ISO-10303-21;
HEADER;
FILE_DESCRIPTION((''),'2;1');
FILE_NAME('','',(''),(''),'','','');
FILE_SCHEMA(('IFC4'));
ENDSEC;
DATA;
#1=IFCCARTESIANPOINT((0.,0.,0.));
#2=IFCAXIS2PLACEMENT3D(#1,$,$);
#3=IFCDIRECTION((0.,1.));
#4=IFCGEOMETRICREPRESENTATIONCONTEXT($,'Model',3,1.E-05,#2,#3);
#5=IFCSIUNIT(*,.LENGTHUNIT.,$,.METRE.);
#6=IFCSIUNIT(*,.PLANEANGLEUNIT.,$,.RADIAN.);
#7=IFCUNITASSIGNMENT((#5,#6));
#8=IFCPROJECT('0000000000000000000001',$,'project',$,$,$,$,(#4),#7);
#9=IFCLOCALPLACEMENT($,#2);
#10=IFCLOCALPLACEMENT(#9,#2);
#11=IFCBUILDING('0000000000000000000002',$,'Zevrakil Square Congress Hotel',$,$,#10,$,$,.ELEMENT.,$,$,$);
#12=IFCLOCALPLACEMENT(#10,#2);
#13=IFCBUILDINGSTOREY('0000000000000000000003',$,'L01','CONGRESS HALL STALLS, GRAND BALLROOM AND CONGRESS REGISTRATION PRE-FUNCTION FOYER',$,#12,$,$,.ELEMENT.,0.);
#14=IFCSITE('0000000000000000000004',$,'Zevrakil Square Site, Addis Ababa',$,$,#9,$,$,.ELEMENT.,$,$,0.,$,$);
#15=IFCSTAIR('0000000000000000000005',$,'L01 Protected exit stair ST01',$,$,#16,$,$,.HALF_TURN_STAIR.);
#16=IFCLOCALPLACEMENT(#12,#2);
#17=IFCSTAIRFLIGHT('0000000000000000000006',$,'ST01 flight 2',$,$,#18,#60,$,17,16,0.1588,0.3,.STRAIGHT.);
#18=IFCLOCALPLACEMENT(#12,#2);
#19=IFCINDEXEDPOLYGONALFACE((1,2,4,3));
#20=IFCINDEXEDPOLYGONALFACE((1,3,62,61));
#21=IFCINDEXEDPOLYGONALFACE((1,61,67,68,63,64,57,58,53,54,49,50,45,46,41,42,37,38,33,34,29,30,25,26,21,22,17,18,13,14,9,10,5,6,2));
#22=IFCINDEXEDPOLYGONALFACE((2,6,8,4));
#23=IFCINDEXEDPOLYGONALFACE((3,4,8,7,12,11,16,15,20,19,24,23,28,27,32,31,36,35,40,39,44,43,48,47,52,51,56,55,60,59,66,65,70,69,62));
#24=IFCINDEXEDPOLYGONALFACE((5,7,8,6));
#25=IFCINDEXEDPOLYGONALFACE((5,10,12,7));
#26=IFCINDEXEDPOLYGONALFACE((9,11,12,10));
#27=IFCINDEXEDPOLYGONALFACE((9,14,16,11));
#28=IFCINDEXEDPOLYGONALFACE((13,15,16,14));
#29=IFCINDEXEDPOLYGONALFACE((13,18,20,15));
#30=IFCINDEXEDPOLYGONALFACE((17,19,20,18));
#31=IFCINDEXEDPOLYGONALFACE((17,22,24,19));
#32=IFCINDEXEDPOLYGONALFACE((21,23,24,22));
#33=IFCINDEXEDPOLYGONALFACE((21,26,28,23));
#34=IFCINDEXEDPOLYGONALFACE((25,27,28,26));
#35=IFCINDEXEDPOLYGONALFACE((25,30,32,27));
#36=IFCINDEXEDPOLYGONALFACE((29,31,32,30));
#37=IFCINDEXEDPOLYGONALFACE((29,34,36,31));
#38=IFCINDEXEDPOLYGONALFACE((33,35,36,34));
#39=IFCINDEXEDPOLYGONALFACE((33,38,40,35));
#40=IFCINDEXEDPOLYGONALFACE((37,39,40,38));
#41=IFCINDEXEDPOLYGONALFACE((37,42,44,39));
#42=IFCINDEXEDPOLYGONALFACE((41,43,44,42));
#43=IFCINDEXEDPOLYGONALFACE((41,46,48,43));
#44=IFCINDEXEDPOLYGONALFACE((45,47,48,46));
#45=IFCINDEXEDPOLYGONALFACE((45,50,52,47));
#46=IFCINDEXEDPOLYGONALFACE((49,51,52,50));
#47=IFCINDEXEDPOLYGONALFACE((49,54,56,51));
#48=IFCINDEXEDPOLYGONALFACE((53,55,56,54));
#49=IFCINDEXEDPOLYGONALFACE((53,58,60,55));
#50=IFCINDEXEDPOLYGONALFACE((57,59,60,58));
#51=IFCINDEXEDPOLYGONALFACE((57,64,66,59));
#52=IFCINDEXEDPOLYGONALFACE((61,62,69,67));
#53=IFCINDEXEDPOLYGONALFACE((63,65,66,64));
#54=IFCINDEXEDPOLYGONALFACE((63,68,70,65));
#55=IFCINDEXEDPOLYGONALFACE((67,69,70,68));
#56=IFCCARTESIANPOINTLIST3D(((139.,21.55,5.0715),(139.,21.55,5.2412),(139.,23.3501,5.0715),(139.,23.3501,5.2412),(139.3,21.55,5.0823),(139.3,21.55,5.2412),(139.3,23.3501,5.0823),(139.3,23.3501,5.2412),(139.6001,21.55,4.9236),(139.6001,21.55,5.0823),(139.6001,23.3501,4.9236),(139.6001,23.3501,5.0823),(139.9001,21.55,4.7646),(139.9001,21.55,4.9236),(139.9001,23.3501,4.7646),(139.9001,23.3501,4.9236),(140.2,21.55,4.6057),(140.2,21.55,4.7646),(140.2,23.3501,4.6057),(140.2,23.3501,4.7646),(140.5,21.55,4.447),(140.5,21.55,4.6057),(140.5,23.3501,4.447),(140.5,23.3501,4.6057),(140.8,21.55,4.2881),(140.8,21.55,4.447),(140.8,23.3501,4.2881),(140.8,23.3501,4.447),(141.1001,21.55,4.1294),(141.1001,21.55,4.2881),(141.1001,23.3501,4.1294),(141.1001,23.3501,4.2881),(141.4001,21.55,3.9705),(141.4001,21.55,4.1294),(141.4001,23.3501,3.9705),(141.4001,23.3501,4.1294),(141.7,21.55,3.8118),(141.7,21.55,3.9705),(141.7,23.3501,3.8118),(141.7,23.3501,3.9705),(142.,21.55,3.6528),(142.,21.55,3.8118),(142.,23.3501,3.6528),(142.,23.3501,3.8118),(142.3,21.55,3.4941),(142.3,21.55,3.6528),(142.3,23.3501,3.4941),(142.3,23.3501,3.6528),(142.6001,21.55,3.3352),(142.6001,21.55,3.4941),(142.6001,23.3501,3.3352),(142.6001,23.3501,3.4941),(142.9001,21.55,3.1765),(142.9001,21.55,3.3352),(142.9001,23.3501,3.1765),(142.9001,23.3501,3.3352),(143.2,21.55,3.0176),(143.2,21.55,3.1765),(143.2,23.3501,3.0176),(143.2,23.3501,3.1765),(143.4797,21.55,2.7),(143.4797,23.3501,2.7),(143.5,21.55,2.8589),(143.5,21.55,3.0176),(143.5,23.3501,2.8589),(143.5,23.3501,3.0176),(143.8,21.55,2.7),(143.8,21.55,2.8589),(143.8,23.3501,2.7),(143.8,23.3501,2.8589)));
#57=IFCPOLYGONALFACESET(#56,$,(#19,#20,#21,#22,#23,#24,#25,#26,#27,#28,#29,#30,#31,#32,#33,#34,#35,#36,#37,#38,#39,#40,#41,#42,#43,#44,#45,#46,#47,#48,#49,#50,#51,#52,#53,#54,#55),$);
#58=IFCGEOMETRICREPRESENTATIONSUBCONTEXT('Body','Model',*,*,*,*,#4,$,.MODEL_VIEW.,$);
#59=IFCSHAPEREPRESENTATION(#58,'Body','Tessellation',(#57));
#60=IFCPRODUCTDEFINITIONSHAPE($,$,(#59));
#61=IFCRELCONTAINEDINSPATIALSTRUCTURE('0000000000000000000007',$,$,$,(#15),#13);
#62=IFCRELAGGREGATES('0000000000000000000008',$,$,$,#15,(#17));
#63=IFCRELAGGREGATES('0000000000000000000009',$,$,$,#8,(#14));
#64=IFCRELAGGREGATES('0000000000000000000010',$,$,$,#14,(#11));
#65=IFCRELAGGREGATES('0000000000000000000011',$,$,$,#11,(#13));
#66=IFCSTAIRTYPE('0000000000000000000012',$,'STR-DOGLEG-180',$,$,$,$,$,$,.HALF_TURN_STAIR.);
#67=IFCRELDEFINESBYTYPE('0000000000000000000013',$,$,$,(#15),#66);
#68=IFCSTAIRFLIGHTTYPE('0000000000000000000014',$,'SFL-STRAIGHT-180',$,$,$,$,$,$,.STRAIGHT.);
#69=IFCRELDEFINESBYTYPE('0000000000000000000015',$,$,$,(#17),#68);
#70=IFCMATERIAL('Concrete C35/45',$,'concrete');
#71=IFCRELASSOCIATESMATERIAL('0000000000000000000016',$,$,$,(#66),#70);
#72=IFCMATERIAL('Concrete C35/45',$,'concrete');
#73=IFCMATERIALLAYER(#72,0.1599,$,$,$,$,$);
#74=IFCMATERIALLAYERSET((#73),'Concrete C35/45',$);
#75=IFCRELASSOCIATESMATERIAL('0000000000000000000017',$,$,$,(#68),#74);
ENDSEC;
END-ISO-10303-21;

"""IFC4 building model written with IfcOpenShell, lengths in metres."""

from ifc_helpers import new_model, si_unit, direction, frame, origin, place, context, subcontext, project, spatial, polyline, outline, extrude, material, layer, layer_set, type_object, element, aggregate, save


model = new_model("IFC4")

# Units and contexts
model_context = context("Model", 3, precision=1e-05, world=origin(), true_north=direction((0.0, 1.0)))
body_context = subcontext(model_context, "Body", "Model", "MODEL_VIEW")
ifc_project = project(units=[si_unit("LENGTHUNIT", "METRE"), si_unit("PLANEANGLEUNIT", "RADIAN")], contexts=[model_context])

# Site, building, storey
site_placement = place(None, origin())
site = spatial("IfcSite", under=ifc_project, at=site_placement, Name="Zevrakil Square Site, Addis Ababa", CompositionType="ELEMENT", RefElevation=0.0)
building_placement = place(site_placement, origin())
building = spatial("IfcBuilding", under=site, at=building_placement, Name="Zevrakil Square Congress Hotel", CompositionType="ELEMENT")
storey_placement = place(building_placement, origin())
storey = spatial("IfcBuildingStorey", under=building, at=storey_placement, Name="L01", Description="CONGRESS HALL STALLS, GRAND BALLROOM AND CONGRESS REGISTRATION PRE-FUNCTION FOYER", CompositionType="ELEMENT", Elevation=0.0)

# Stair, stair flight
ifc_material_1 = material(Name="Concrete C35/45", Category="concrete")
stair_type = type_object("IfcStairType", Name="STR-DOGLEG-180", PredefinedType="HALF_TURN_STAIR", material=ifc_material_1)
stair_placement = place(storey_placement, origin())
stair = element("IfcStair", 1, at=stair_placement, inside=storey, type_object=stair_type, Name="L01 Protected exit stair ST01", PredefinedType="HALF_TURN_STAIR")
ifc_material_2 = material(Name="Concrete C35/45", Category="concrete")
ifc_layer_1 = layer(ifc_material_2, 0.1599)
ifc_layer_set_1 = layer_set([ifc_layer_1], Name="Concrete C35/45")
stair_flight_type = type_object("IfcStairFlightType", Name="SFL-STRAIGHT-180", PredefinedType="STRAIGHT", material=ifc_layer_set_1)
stair_flight_1_placement = place(storey_placement, frame((143.8, 22.45, 2.7), z_axis=(0.0, 0.0, 1.0), x_axis=(-1.0, 0.0, 0.0)))
stair_flight_1 = element("IfcStairFlight", 2, at=stair_flight_1_placement, type_object=stair_flight_type, Name="ST01 flight 2", NumberOfRisers=17, NumberOfTreads=16, PredefinedType="STRAIGHT", RiserHeight=0.1588, TreadLength=0.3, context=body_context, shape_type="SweptSolid", body=[
    extrude(outline(polyline([(0.0, 0.0), (0.0, 0.1589), (0.3, 0.1589), (0.3, 0.3176), (0.6001, 0.3176), (0.6001, 0.4766), (0.8999, 0.4766), (0.8999, 0.6353), (1.2, 0.6353), (1.2, 0.7942), (1.5, 0.7942), (1.5, 0.9529), (1.8, 0.9529), (1.8, 1.1118), (2.1001, 1.1118), (2.1001, 1.2705), (2.3999, 1.2705), (2.3999, 1.4294), (2.7, 1.4294), (2.7, 1.5881), (3.0, 1.5881), (3.0, 1.7471), (3.3, 1.7471), (3.3, 1.9058), (3.6001, 1.9058), (3.6001, 2.0647), (3.8999, 2.0647), (3.8999, 2.2236), (4.2, 2.2236), (4.2, 2.3823), (4.5, 2.3823), (4.5, 2.5413), (4.8, 2.5413), (4.8, 2.7), (4.8, 2.3716), (0.3203, 0.0), (0.0, 0.0)])), frame((0.0, 0.8999, 0.0), z_axis=(0.0, -1.0, 0.0), x_axis=(1.0, 0.0, 0.0)), (0.0, 0.0, 1.0), 1.8),
])
aggregate(stair, [stair_flight_1])

save(model, "model.ifc")
